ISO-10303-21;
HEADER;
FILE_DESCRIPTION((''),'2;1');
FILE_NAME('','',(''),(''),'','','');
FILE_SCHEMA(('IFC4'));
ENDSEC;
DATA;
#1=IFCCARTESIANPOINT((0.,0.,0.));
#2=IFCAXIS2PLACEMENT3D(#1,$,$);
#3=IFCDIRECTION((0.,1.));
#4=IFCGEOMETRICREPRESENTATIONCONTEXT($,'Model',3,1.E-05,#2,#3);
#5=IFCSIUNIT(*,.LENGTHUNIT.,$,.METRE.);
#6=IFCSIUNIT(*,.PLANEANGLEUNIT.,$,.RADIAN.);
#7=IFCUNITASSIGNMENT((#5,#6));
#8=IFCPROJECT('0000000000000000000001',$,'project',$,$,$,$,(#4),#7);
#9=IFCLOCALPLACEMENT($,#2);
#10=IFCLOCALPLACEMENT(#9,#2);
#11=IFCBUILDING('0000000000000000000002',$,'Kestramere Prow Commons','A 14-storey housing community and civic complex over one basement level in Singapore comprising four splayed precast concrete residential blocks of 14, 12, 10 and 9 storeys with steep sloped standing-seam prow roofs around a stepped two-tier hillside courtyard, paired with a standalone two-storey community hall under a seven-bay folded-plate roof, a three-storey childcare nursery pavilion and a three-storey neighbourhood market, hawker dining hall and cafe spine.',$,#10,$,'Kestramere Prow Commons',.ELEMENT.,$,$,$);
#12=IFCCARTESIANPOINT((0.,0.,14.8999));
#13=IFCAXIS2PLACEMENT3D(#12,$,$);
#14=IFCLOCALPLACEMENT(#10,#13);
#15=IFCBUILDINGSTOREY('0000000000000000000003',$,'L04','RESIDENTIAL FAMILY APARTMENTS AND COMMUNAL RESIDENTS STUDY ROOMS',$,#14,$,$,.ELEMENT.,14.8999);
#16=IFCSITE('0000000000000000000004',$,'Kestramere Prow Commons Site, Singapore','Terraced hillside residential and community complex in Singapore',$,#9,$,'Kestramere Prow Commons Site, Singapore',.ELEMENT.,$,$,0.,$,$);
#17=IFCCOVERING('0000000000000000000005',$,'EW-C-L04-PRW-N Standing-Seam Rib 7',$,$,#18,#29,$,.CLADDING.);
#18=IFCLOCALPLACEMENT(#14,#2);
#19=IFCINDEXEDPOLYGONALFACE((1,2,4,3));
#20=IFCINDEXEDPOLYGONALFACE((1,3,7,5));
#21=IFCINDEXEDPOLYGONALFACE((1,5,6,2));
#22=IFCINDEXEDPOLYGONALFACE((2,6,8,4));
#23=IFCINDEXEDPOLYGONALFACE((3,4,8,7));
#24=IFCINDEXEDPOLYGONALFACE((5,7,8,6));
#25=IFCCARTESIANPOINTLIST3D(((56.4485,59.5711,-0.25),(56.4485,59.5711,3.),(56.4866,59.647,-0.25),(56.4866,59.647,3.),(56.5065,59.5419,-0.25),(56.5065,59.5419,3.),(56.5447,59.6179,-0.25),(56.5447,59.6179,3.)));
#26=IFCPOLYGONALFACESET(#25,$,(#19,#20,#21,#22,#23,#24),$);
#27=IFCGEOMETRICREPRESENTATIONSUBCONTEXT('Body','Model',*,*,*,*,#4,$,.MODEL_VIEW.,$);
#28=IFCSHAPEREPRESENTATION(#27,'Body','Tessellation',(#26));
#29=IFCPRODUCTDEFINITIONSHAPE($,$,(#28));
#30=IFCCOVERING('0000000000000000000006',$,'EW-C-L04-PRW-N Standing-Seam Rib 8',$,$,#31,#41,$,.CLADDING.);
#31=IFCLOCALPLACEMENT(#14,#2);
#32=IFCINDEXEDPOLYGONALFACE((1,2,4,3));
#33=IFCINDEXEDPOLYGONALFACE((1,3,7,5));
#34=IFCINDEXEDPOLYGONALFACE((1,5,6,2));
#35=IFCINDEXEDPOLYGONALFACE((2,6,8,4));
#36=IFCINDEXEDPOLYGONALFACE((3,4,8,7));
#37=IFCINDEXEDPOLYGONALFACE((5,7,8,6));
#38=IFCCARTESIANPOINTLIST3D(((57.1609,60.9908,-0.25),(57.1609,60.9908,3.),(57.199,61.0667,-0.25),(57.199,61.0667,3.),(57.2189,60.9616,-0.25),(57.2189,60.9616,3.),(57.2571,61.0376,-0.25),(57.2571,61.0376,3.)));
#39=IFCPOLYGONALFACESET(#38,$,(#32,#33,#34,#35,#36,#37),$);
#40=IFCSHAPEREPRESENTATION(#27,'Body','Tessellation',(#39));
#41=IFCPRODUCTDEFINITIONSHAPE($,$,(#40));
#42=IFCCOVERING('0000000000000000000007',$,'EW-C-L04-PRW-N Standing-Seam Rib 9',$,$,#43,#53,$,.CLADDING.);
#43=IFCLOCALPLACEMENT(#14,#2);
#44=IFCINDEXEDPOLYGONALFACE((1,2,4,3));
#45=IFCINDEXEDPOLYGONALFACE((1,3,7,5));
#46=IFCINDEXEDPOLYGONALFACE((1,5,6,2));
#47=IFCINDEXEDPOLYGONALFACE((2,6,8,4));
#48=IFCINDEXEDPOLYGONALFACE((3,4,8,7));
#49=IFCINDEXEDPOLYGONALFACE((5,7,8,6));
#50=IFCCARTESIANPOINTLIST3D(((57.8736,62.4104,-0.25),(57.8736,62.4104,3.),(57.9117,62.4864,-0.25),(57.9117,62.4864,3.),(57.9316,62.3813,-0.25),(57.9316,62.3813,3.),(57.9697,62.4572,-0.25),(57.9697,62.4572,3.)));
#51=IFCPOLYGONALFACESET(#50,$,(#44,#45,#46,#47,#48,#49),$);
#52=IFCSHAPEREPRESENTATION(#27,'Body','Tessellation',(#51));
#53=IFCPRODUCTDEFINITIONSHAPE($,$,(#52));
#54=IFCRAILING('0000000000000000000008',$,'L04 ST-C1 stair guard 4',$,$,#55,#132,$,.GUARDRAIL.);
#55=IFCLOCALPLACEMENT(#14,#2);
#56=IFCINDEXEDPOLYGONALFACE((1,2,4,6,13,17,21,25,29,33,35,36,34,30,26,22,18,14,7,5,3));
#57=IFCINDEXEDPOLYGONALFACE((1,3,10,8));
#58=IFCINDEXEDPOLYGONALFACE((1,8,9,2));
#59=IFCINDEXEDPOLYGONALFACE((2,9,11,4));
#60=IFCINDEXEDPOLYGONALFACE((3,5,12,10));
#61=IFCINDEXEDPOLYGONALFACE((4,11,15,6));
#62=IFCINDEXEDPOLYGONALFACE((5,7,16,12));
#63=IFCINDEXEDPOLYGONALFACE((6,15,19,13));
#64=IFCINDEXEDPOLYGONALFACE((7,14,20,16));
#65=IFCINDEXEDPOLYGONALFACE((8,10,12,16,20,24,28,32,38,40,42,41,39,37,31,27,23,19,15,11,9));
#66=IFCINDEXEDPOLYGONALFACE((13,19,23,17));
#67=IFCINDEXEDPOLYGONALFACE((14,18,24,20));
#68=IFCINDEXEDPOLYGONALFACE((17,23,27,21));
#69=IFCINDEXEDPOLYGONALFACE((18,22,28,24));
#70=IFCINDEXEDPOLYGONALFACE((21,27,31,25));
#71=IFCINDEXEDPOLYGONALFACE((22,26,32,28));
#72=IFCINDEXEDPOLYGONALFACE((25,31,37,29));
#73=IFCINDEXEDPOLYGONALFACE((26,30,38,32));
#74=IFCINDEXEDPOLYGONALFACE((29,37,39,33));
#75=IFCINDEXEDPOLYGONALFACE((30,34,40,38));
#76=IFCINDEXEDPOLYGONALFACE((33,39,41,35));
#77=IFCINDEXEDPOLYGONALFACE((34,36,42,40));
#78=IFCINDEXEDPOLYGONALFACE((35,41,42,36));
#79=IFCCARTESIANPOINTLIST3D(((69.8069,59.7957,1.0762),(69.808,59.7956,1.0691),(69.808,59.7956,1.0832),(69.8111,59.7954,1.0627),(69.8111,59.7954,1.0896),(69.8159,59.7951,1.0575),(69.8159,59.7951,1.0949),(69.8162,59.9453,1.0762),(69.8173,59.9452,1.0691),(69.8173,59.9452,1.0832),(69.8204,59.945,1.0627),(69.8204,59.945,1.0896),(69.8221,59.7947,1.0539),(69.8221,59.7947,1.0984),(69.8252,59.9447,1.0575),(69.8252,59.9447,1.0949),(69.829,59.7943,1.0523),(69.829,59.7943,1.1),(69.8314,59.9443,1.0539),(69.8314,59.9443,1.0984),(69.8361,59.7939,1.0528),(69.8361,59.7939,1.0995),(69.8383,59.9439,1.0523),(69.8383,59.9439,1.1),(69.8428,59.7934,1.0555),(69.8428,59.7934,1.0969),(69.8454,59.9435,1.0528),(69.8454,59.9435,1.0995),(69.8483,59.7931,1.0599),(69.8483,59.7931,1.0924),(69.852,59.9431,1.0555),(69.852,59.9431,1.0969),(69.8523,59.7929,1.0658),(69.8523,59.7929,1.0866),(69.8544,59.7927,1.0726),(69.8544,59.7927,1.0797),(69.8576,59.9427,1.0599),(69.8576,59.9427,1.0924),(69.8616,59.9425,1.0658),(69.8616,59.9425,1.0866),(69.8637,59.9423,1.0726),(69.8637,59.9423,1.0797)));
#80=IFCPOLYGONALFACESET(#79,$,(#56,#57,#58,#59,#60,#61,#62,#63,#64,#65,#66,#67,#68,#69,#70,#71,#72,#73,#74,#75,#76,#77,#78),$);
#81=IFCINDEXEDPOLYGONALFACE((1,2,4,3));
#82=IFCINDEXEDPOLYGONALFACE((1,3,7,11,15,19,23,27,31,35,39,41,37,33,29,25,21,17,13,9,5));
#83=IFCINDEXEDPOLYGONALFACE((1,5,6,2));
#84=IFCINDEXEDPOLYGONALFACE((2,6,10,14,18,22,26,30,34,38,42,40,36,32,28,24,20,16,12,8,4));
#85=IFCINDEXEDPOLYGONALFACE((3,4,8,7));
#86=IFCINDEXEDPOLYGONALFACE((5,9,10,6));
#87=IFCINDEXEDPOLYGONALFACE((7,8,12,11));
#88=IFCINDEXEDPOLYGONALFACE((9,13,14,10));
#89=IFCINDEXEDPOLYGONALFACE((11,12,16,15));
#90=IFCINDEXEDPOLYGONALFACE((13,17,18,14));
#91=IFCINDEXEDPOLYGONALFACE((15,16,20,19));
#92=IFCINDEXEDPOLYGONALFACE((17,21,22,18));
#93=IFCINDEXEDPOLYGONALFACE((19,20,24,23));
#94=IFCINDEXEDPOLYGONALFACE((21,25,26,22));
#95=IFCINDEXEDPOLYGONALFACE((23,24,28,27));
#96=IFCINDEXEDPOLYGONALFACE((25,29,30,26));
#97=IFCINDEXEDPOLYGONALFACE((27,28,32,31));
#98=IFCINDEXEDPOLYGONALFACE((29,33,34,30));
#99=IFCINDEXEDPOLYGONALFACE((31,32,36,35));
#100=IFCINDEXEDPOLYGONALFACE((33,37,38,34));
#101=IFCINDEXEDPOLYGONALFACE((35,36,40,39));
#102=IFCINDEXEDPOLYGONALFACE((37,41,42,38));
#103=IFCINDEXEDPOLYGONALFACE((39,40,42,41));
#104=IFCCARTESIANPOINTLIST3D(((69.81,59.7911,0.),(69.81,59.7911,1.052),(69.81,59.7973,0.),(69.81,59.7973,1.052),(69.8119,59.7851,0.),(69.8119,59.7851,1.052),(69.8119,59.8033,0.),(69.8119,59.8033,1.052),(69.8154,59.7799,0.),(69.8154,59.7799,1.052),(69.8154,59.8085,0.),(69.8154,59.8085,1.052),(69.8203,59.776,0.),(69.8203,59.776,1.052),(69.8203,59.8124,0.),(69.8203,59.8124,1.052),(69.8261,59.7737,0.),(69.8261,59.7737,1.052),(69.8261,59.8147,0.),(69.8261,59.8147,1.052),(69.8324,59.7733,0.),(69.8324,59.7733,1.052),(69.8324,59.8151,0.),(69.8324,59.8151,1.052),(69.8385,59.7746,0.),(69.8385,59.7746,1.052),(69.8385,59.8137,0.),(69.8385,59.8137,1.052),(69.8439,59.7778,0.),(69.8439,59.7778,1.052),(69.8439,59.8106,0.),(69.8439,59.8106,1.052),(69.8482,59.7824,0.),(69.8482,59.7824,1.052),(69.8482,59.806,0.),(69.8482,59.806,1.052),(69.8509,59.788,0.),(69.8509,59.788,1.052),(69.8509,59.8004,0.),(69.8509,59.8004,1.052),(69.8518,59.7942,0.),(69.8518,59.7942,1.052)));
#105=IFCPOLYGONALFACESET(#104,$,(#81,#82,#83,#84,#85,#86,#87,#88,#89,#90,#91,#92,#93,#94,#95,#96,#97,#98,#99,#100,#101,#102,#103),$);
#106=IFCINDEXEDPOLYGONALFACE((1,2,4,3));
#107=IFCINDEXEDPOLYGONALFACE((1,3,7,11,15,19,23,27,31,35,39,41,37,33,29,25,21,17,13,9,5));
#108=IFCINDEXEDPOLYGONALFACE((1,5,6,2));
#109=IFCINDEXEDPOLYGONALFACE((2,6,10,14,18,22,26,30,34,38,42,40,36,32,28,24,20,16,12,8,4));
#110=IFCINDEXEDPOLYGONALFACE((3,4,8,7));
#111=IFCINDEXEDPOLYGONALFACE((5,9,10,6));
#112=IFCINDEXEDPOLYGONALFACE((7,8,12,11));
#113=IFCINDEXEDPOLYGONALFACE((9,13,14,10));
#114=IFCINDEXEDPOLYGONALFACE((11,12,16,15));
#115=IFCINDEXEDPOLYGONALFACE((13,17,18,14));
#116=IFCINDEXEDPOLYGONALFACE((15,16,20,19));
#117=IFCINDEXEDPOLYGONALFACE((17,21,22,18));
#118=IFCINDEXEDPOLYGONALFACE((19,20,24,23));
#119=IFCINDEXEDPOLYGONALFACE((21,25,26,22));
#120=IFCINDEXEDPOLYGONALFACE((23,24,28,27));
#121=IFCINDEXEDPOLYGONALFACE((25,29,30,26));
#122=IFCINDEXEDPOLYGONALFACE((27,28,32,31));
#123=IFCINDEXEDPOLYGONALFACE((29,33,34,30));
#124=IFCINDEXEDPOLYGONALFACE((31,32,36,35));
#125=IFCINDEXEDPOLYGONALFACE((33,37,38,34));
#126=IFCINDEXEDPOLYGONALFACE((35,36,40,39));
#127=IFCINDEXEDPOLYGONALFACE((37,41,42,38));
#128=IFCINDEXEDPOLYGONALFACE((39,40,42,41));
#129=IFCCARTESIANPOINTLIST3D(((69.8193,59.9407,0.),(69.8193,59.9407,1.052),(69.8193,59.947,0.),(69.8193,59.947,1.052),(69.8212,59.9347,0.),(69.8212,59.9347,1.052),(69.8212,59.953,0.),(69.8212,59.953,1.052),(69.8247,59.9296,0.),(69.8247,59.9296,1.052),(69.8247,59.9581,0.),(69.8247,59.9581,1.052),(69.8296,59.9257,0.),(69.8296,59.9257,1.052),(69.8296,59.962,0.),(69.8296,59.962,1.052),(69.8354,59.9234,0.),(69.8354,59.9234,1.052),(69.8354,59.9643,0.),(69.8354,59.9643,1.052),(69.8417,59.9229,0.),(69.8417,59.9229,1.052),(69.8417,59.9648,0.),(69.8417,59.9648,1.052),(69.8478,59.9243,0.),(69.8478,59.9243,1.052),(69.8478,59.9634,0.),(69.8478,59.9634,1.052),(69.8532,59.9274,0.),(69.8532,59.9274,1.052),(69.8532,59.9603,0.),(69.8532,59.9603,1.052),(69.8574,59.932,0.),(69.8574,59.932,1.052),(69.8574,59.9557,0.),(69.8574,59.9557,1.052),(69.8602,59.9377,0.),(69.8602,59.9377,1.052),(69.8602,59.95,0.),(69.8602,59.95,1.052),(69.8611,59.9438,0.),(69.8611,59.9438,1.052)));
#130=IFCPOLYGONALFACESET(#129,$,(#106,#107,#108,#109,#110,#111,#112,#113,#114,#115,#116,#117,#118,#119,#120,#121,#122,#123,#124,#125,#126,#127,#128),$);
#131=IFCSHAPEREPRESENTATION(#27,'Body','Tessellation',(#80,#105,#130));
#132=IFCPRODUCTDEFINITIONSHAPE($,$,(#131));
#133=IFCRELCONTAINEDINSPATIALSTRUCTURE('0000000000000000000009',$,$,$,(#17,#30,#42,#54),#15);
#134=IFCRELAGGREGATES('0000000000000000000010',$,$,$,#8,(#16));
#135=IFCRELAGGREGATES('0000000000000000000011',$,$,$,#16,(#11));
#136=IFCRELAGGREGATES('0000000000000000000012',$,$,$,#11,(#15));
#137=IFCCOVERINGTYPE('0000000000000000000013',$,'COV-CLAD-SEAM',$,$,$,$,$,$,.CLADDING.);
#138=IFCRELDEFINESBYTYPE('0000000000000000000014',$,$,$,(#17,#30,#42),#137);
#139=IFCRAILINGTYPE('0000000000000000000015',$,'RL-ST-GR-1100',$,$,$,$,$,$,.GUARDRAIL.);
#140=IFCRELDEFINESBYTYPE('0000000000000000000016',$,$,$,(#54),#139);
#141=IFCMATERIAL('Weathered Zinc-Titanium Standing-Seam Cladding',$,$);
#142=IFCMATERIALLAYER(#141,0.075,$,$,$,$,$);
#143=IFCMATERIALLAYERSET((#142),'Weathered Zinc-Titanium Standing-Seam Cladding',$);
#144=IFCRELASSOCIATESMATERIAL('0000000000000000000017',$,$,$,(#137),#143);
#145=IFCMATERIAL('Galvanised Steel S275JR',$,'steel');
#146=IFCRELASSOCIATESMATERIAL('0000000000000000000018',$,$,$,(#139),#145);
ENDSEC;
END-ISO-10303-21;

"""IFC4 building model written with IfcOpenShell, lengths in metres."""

from ifc_helpers import new_model, si_unit, direction, frame, origin, origin_2d, place, context, subcontext, project, spatial, rectangle, circle, extrude, material, layer, layer_set, type_object, element, save


model = new_model("IFC4")

# Units and contexts
model_context = context("Model", 3, precision=1e-05, world=origin(), true_north=direction((0.0, 1.0)))
body_context = subcontext(model_context, "Body", "Model", "MODEL_VIEW")
ifc_project = project(units=[si_unit("LENGTHUNIT", "METRE"), si_unit("PLANEANGLEUNIT", "RADIAN")], contexts=[model_context])

# Site, building, storey
site_placement = place(None, origin())
site = spatial("IfcSite", under=ifc_project, at=site_placement, Name="Kestramere Prow Commons Site, Singapore", Description="Terraced hillside residential and community complex in Singapore", LongName="Kestramere Prow Commons Site, Singapore", CompositionType="ELEMENT", RefElevation=0.0)
building_placement = place(site_placement, origin())
building = spatial("IfcBuilding", under=site, at=building_placement, Name="Kestramere Prow Commons", Description="A 14-storey housing community and civic complex over one basement level in Singapore comprising four splayed precast concrete residential blocks of 14, 12, 10 and 9 storeys with steep sloped standing-seam prow roofs around a stepped two-tier hillside courtyard, paired with a standalone two-storey community hall under a seven-bay folded-plate roof, a three-storey childcare nursery pavilion and a three-storey neighbourhood market, hawker dining hall and cafe spine.", LongName="Kestramere Prow Commons", CompositionType="ELEMENT")
storey_placement = place(building_placement, frame((0.0, 0.0, 14.8999)))
storey = spatial("IfcBuildingStorey", under=building, at=storey_placement, Name="L04", Description="RESIDENTIAL FAMILY APARTMENTS AND COMMUNAL RESIDENTS STUDY ROOMS", CompositionType="ELEMENT", Elevation=14.8999)

# Coverings
ifc_material_1 = material(Name="Weathered Zinc-Titanium Standing-Seam Cladding")
ifc_layer_1 = layer(ifc_material_1, 0.075)
ifc_layer_set_1 = layer_set([ifc_layer_1], Name="Weathered Zinc-Titanium Standing-Seam Cladding")
covering_type = type_object("IfcCoveringType", Name="COV-CLAD-SEAM", PredefinedType="CLADDING", material=ifc_layer_set_1)
for number, where, z_axis, x_axis, name in (
    (1, (56.4966, 59.5945, -0.25), (0.0, 0.0, 1.0), (0.44862, 0.893722, 0.0), "EW-C-L04-PRW-N Standing-Seam Rib 7"),
    (2, (57.209, 61.0142, -0.25), (0.0, 0.0, 1.0), (0.44862, 0.893722, 0.0), "EW-C-L04-PRW-N Standing-Seam Rib 8"),
    (3, (57.9216, 62.4338, -0.25), (0.0, 0.0, 1.0), (0.44862, 0.893722, 0.0), "EW-C-L04-PRW-N Standing-Seam Rib 9"),
):
    element("IfcCovering", number, at=place(storey_placement, frame(where, z_axis=z_axis, x_axis=x_axis)), inside=storey, type_object=covering_type, Name=name, PredefinedType="CLADDING", context=body_context, shape_type="SweptSolid", body=[
        extrude(rectangle(XDim=0.085, YDim=0.0649, at=origin_2d()), origin(), (0.0, 0.0, 1.0), 3.25),
    ])

# Railing
ifc_material_2 = material(Name="Galvanised Steel S275JR", Category="steel")
railing_type_1 = type_object("IfcRailingType", Name="RL-ST-GR-1100", PredefinedType="GUARDRAIL", material=ifc_material_2)
railing_1_placement = place(storey_placement, frame((69.8308, 59.7942, 0.0)))
element("IfcRailing", 4, at=railing_1_placement, inside=storey, type_object=railing_type_1, Name="L04 ST-C1 stair guard 4", PredefinedType="GUARDRAIL", context=body_context, shape_type="SweptSolid", body=[
    extrude(circle(Radius=0.0239, at=origin_2d()), frame((0.0, 0.0, 1.0762), z_axis=(0.061871, 0.998084, 0.0), x_axis=(-0.998084, 0.061871, 0.0)), (0.0, 0.0, 1.0), 0.1499),
    extrude(circle(Radius=0.021, at=origin_2d()), origin(), (0.0, 0.0, 1.0), 1.052),
    extrude(circle(Radius=0.021, at=origin_2d()), frame((0.0093, 0.1497, 0.0)), (0.0, 0.0, 1.0), 1.052),
])

save(model, "model.ifc")
